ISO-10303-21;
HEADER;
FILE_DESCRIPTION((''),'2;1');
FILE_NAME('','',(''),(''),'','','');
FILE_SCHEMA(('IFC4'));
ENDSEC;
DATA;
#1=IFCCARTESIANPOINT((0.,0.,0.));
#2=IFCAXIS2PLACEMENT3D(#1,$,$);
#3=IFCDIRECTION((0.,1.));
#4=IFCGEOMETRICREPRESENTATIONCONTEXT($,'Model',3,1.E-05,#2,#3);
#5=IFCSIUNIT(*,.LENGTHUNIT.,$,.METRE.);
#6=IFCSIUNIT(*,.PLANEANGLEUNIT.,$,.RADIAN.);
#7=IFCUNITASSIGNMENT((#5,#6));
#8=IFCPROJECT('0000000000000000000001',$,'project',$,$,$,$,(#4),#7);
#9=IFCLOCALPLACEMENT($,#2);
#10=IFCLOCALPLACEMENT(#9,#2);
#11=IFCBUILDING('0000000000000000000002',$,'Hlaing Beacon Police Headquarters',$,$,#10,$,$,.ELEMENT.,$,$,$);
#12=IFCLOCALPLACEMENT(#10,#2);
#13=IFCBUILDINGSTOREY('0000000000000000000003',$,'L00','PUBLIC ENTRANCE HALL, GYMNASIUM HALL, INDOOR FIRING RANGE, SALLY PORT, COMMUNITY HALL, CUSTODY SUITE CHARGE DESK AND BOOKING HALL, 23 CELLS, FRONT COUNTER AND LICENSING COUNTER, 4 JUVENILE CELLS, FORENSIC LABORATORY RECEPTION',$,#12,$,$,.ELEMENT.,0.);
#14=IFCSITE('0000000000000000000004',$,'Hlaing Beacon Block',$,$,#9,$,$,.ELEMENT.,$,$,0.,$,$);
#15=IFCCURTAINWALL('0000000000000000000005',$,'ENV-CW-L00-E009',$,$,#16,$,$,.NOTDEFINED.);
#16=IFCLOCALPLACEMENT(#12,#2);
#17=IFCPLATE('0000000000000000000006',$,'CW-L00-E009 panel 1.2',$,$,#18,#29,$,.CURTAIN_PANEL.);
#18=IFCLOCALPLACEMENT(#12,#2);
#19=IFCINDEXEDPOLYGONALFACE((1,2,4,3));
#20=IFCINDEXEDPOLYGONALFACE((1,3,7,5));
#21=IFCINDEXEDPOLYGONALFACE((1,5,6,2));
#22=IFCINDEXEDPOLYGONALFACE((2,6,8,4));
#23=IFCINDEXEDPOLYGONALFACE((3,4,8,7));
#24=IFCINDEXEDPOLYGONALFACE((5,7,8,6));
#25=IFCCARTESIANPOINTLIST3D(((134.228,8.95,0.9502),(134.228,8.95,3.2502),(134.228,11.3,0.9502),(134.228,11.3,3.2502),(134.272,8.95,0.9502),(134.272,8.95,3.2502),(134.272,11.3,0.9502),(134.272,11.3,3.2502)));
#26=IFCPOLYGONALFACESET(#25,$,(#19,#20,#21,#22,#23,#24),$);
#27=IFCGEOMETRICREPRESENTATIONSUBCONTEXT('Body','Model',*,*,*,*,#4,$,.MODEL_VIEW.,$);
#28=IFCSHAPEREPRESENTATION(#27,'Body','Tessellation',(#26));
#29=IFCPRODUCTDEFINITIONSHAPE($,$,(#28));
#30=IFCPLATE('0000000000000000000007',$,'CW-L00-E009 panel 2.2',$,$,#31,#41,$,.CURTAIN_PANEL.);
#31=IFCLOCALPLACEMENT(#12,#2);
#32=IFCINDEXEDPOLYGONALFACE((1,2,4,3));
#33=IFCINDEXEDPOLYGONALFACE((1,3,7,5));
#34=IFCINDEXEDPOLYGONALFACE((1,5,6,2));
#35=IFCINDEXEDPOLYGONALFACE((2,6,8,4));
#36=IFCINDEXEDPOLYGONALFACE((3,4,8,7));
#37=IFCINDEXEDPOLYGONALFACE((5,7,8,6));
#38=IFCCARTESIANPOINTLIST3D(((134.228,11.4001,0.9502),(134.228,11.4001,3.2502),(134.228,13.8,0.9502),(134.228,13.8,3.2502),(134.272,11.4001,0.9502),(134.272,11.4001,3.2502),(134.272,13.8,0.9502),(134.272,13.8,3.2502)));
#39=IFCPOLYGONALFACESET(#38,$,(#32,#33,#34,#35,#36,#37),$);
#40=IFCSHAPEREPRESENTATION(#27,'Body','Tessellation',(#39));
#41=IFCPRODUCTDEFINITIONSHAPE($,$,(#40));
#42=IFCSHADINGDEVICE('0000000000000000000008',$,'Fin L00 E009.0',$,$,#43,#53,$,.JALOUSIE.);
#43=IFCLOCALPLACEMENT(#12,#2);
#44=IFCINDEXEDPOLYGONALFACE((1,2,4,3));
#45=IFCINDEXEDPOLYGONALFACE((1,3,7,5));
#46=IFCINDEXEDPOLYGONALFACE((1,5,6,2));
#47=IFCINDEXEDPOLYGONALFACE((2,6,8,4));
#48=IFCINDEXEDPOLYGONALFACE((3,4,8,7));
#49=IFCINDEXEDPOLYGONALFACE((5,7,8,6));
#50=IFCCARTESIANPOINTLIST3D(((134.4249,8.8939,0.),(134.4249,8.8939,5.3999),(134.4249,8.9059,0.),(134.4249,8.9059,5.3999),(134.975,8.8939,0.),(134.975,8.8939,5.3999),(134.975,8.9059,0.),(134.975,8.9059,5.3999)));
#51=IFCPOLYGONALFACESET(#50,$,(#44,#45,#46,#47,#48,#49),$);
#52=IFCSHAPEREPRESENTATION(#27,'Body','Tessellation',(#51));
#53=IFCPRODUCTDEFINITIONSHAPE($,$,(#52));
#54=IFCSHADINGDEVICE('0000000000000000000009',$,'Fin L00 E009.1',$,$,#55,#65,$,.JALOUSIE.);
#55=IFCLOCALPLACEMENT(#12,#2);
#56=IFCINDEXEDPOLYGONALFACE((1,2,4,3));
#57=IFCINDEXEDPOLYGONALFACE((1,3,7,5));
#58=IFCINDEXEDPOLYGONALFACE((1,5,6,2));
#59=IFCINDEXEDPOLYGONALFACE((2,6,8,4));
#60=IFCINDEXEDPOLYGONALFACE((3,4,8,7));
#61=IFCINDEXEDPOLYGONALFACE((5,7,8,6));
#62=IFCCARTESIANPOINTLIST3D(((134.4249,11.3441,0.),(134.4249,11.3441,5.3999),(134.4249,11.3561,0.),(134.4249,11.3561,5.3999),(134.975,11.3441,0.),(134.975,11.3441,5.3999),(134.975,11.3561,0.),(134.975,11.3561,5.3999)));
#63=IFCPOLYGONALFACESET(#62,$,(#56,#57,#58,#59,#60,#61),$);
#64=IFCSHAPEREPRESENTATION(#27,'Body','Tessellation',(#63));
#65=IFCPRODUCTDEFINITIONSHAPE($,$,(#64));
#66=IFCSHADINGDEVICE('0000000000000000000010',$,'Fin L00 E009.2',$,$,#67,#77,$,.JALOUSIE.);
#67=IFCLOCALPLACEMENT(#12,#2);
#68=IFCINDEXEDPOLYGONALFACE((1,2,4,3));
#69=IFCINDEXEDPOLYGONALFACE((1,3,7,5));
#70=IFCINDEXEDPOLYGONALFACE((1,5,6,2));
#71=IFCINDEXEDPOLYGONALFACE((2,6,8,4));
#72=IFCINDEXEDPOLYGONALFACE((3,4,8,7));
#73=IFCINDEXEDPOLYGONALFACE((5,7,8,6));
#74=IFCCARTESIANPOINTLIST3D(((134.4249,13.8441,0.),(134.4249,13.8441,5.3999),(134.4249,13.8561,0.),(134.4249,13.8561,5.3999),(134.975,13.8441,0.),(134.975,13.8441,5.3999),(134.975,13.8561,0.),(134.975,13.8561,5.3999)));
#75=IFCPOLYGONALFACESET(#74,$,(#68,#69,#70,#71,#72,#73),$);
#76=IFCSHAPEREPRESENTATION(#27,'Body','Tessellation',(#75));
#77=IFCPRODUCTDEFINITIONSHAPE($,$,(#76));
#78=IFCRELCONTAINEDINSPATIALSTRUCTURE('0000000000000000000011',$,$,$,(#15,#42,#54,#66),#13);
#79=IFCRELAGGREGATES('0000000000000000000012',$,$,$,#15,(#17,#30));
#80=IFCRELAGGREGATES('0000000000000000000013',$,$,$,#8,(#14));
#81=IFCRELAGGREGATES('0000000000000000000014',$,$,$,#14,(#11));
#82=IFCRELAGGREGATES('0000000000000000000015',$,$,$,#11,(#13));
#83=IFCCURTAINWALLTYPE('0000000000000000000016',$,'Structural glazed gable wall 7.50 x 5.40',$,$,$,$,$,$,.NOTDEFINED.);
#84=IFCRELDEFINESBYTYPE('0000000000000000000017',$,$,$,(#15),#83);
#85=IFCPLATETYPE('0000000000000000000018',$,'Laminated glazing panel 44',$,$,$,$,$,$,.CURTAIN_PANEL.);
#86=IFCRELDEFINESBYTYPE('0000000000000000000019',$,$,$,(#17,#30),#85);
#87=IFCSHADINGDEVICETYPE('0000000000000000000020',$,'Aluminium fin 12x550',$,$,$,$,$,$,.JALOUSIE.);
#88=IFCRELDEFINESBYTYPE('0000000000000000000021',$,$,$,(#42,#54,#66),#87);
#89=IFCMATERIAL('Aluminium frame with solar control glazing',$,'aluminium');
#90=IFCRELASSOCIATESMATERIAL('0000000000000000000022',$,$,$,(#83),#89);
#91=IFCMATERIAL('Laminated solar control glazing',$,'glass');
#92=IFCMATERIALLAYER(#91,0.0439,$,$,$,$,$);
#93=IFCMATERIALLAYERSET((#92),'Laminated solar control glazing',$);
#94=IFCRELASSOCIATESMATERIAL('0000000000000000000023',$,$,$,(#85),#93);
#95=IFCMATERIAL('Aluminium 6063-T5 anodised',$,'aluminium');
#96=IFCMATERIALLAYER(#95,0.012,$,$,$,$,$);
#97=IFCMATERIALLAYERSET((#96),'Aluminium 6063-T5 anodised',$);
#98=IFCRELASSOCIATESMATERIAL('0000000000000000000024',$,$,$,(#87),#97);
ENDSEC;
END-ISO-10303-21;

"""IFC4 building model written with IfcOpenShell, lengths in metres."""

from ifc_helpers import new_model, si_unit, direction, frame, origin, origin_2d, place, context, subcontext, project, spatial, rectangle, extrude, material, layer, layer_set, type_object, element, aggregate, save


model = new_model("IFC4")

# Units and contexts
model_context = context("Model", 3, precision=1e-05, world=origin(), true_north=direction((0.0, 1.0)))
body_context = subcontext(model_context, "Body", "Model", "MODEL_VIEW")
ifc_project = project(units=[si_unit("LENGTHUNIT", "METRE"), si_unit("PLANEANGLEUNIT", "RADIAN")], contexts=[model_context])

# Site, building, storey
site_placement = place(None, origin())
site = spatial("IfcSite", under=ifc_project, at=site_placement, Name="Hlaing Beacon Block", CompositionType="ELEMENT", RefElevation=0.0)
building_placement = place(site_placement, origin())
building = spatial("IfcBuilding", under=site, at=building_placement, Name="Hlaing Beacon Police Headquarters", CompositionType="ELEMENT")
storey_placement = place(building_placement, origin())
storey = spatial("IfcBuildingStorey", under=building, at=storey_placement, Name="L00", Description="PUBLIC ENTRANCE HALL, GYMNASIUM HALL, INDOOR FIRING RANGE, SALLY PORT, COMMUNITY HALL, CUSTODY SUITE CHARGE DESK AND BOOKING HALL, 23 CELLS, FRONT COUNTER AND LICENSING COUNTER, 4 JUVENILE CELLS, FORENSIC LABORATORY RECEPTION", CompositionType="ELEMENT", Elevation=0.0)

# Curtain wall, plates
ifc_material_1 = material(Name="Aluminium frame with solar control glazing", Category="aluminium")
curtain_wall_type = type_object("IfcCurtainWallType", Name="Structural glazed gable wall 7.50 x 5.40", PredefinedType="NOTDEFINED", material=ifc_material_1)
curtain_wall_placement = place(storey_placement, origin())
curtain_wall = element("IfcCurtainWall", 1, at=curtain_wall_placement, inside=storey, type_object=curtain_wall_type, Name="ENV-CW-L00-E009", PredefinedType="NOTDEFINED")
ifc_material_2 = material(Name="Laminated solar control glazing", Category="glass")
ifc_layer_1 = layer(ifc_material_2, 0.0439)
ifc_layer_set_1 = layer_set([ifc_layer_1], Name="Laminated solar control glazing")
plate_type_1 = type_object("IfcPlateType", Name="Laminated glazing panel 44", PredefinedType="CURTAIN_PANEL", material=ifc_layer_set_1)
plate_1_placement = place(storey_placement, frame((134.25, 10.125, 0.9502), z_axis=(0.0, 0.0, 1.0), x_axis=(0.0, 1.0, 0.0)))
plate_1 = element("IfcPlate", 2, at=plate_1_placement, type_object=plate_type_1, Name="CW-L00-E009 panel 1.2", PredefinedType="CURTAIN_PANEL", context=body_context, shape_type="SweptSolid", body=[
    extrude(rectangle(XDim=2.3501, YDim=0.0439, at=origin_2d()), origin(), (0.0, 0.0, 1.0), 2.3),
])
plate_2_placement = place(storey_placement, frame((134.25, 12.6001, 0.9502), z_axis=(0.0, 0.0, 1.0), x_axis=(0.0, 1.0, 0.0)))
plate_2 = element("IfcPlate", 3, at=plate_2_placement, type_object=plate_type_1, Name="CW-L00-E009 panel 2.2", PredefinedType="CURTAIN_PANEL", context=body_context, shape_type="SweptSolid", body=[
    extrude(rectangle(XDim=2.3999, YDim=0.0439, at=origin_2d()), origin(), (0.0, 0.0, 1.0), 2.3),
])
aggregate(curtain_wall, [plate_1, plate_2])

# Shading devices
ifc_material_3 = material(Name="Aluminium 6063-T5 anodised", Category="aluminium")
ifc_layer_2 = layer(ifc_material_3, 0.012)
ifc_layer_set_2 = layer_set([ifc_layer_2], Name="Aluminium 6063-T5 anodised")
shading_device_type = type_object("IfcShadingDeviceType", Name="Aluminium fin 12x550", PredefinedType="JALOUSIE", material=ifc_layer_set_2)
for number, where, z_axis, x_axis, name in (
    (4, (134.7, 8.8999, 0.0), (0.0, 0.0, 1.0), (0.0, 1.0, 0.0), "Fin L00 E009.0"),
    (5, (134.7, 11.3501, 0.0), (0.0, 0.0, 1.0), (0.0, 1.0, 0.0), "Fin L00 E009.1"),
    (6, (134.7, 13.8501, 0.0), (0.0, 0.0, 1.0), (0.0, 1.0, 0.0), "Fin L00 E009.2"),
):
    element("IfcShadingDevice", number, at=place(storey_placement, frame(where, z_axis=z_axis, x_axis=x_axis)), inside=storey, type_object=shading_device_type, Name=name, PredefinedType="JALOUSIE", context=body_context, shape_type="SweptSolid", body=[
        extrude(rectangle(XDim=0.012, YDim=0.55, at=origin_2d()), origin(), (0.0, 0.0, 1.0), 5.3999),
    ])

save(model, "model.ifc")
